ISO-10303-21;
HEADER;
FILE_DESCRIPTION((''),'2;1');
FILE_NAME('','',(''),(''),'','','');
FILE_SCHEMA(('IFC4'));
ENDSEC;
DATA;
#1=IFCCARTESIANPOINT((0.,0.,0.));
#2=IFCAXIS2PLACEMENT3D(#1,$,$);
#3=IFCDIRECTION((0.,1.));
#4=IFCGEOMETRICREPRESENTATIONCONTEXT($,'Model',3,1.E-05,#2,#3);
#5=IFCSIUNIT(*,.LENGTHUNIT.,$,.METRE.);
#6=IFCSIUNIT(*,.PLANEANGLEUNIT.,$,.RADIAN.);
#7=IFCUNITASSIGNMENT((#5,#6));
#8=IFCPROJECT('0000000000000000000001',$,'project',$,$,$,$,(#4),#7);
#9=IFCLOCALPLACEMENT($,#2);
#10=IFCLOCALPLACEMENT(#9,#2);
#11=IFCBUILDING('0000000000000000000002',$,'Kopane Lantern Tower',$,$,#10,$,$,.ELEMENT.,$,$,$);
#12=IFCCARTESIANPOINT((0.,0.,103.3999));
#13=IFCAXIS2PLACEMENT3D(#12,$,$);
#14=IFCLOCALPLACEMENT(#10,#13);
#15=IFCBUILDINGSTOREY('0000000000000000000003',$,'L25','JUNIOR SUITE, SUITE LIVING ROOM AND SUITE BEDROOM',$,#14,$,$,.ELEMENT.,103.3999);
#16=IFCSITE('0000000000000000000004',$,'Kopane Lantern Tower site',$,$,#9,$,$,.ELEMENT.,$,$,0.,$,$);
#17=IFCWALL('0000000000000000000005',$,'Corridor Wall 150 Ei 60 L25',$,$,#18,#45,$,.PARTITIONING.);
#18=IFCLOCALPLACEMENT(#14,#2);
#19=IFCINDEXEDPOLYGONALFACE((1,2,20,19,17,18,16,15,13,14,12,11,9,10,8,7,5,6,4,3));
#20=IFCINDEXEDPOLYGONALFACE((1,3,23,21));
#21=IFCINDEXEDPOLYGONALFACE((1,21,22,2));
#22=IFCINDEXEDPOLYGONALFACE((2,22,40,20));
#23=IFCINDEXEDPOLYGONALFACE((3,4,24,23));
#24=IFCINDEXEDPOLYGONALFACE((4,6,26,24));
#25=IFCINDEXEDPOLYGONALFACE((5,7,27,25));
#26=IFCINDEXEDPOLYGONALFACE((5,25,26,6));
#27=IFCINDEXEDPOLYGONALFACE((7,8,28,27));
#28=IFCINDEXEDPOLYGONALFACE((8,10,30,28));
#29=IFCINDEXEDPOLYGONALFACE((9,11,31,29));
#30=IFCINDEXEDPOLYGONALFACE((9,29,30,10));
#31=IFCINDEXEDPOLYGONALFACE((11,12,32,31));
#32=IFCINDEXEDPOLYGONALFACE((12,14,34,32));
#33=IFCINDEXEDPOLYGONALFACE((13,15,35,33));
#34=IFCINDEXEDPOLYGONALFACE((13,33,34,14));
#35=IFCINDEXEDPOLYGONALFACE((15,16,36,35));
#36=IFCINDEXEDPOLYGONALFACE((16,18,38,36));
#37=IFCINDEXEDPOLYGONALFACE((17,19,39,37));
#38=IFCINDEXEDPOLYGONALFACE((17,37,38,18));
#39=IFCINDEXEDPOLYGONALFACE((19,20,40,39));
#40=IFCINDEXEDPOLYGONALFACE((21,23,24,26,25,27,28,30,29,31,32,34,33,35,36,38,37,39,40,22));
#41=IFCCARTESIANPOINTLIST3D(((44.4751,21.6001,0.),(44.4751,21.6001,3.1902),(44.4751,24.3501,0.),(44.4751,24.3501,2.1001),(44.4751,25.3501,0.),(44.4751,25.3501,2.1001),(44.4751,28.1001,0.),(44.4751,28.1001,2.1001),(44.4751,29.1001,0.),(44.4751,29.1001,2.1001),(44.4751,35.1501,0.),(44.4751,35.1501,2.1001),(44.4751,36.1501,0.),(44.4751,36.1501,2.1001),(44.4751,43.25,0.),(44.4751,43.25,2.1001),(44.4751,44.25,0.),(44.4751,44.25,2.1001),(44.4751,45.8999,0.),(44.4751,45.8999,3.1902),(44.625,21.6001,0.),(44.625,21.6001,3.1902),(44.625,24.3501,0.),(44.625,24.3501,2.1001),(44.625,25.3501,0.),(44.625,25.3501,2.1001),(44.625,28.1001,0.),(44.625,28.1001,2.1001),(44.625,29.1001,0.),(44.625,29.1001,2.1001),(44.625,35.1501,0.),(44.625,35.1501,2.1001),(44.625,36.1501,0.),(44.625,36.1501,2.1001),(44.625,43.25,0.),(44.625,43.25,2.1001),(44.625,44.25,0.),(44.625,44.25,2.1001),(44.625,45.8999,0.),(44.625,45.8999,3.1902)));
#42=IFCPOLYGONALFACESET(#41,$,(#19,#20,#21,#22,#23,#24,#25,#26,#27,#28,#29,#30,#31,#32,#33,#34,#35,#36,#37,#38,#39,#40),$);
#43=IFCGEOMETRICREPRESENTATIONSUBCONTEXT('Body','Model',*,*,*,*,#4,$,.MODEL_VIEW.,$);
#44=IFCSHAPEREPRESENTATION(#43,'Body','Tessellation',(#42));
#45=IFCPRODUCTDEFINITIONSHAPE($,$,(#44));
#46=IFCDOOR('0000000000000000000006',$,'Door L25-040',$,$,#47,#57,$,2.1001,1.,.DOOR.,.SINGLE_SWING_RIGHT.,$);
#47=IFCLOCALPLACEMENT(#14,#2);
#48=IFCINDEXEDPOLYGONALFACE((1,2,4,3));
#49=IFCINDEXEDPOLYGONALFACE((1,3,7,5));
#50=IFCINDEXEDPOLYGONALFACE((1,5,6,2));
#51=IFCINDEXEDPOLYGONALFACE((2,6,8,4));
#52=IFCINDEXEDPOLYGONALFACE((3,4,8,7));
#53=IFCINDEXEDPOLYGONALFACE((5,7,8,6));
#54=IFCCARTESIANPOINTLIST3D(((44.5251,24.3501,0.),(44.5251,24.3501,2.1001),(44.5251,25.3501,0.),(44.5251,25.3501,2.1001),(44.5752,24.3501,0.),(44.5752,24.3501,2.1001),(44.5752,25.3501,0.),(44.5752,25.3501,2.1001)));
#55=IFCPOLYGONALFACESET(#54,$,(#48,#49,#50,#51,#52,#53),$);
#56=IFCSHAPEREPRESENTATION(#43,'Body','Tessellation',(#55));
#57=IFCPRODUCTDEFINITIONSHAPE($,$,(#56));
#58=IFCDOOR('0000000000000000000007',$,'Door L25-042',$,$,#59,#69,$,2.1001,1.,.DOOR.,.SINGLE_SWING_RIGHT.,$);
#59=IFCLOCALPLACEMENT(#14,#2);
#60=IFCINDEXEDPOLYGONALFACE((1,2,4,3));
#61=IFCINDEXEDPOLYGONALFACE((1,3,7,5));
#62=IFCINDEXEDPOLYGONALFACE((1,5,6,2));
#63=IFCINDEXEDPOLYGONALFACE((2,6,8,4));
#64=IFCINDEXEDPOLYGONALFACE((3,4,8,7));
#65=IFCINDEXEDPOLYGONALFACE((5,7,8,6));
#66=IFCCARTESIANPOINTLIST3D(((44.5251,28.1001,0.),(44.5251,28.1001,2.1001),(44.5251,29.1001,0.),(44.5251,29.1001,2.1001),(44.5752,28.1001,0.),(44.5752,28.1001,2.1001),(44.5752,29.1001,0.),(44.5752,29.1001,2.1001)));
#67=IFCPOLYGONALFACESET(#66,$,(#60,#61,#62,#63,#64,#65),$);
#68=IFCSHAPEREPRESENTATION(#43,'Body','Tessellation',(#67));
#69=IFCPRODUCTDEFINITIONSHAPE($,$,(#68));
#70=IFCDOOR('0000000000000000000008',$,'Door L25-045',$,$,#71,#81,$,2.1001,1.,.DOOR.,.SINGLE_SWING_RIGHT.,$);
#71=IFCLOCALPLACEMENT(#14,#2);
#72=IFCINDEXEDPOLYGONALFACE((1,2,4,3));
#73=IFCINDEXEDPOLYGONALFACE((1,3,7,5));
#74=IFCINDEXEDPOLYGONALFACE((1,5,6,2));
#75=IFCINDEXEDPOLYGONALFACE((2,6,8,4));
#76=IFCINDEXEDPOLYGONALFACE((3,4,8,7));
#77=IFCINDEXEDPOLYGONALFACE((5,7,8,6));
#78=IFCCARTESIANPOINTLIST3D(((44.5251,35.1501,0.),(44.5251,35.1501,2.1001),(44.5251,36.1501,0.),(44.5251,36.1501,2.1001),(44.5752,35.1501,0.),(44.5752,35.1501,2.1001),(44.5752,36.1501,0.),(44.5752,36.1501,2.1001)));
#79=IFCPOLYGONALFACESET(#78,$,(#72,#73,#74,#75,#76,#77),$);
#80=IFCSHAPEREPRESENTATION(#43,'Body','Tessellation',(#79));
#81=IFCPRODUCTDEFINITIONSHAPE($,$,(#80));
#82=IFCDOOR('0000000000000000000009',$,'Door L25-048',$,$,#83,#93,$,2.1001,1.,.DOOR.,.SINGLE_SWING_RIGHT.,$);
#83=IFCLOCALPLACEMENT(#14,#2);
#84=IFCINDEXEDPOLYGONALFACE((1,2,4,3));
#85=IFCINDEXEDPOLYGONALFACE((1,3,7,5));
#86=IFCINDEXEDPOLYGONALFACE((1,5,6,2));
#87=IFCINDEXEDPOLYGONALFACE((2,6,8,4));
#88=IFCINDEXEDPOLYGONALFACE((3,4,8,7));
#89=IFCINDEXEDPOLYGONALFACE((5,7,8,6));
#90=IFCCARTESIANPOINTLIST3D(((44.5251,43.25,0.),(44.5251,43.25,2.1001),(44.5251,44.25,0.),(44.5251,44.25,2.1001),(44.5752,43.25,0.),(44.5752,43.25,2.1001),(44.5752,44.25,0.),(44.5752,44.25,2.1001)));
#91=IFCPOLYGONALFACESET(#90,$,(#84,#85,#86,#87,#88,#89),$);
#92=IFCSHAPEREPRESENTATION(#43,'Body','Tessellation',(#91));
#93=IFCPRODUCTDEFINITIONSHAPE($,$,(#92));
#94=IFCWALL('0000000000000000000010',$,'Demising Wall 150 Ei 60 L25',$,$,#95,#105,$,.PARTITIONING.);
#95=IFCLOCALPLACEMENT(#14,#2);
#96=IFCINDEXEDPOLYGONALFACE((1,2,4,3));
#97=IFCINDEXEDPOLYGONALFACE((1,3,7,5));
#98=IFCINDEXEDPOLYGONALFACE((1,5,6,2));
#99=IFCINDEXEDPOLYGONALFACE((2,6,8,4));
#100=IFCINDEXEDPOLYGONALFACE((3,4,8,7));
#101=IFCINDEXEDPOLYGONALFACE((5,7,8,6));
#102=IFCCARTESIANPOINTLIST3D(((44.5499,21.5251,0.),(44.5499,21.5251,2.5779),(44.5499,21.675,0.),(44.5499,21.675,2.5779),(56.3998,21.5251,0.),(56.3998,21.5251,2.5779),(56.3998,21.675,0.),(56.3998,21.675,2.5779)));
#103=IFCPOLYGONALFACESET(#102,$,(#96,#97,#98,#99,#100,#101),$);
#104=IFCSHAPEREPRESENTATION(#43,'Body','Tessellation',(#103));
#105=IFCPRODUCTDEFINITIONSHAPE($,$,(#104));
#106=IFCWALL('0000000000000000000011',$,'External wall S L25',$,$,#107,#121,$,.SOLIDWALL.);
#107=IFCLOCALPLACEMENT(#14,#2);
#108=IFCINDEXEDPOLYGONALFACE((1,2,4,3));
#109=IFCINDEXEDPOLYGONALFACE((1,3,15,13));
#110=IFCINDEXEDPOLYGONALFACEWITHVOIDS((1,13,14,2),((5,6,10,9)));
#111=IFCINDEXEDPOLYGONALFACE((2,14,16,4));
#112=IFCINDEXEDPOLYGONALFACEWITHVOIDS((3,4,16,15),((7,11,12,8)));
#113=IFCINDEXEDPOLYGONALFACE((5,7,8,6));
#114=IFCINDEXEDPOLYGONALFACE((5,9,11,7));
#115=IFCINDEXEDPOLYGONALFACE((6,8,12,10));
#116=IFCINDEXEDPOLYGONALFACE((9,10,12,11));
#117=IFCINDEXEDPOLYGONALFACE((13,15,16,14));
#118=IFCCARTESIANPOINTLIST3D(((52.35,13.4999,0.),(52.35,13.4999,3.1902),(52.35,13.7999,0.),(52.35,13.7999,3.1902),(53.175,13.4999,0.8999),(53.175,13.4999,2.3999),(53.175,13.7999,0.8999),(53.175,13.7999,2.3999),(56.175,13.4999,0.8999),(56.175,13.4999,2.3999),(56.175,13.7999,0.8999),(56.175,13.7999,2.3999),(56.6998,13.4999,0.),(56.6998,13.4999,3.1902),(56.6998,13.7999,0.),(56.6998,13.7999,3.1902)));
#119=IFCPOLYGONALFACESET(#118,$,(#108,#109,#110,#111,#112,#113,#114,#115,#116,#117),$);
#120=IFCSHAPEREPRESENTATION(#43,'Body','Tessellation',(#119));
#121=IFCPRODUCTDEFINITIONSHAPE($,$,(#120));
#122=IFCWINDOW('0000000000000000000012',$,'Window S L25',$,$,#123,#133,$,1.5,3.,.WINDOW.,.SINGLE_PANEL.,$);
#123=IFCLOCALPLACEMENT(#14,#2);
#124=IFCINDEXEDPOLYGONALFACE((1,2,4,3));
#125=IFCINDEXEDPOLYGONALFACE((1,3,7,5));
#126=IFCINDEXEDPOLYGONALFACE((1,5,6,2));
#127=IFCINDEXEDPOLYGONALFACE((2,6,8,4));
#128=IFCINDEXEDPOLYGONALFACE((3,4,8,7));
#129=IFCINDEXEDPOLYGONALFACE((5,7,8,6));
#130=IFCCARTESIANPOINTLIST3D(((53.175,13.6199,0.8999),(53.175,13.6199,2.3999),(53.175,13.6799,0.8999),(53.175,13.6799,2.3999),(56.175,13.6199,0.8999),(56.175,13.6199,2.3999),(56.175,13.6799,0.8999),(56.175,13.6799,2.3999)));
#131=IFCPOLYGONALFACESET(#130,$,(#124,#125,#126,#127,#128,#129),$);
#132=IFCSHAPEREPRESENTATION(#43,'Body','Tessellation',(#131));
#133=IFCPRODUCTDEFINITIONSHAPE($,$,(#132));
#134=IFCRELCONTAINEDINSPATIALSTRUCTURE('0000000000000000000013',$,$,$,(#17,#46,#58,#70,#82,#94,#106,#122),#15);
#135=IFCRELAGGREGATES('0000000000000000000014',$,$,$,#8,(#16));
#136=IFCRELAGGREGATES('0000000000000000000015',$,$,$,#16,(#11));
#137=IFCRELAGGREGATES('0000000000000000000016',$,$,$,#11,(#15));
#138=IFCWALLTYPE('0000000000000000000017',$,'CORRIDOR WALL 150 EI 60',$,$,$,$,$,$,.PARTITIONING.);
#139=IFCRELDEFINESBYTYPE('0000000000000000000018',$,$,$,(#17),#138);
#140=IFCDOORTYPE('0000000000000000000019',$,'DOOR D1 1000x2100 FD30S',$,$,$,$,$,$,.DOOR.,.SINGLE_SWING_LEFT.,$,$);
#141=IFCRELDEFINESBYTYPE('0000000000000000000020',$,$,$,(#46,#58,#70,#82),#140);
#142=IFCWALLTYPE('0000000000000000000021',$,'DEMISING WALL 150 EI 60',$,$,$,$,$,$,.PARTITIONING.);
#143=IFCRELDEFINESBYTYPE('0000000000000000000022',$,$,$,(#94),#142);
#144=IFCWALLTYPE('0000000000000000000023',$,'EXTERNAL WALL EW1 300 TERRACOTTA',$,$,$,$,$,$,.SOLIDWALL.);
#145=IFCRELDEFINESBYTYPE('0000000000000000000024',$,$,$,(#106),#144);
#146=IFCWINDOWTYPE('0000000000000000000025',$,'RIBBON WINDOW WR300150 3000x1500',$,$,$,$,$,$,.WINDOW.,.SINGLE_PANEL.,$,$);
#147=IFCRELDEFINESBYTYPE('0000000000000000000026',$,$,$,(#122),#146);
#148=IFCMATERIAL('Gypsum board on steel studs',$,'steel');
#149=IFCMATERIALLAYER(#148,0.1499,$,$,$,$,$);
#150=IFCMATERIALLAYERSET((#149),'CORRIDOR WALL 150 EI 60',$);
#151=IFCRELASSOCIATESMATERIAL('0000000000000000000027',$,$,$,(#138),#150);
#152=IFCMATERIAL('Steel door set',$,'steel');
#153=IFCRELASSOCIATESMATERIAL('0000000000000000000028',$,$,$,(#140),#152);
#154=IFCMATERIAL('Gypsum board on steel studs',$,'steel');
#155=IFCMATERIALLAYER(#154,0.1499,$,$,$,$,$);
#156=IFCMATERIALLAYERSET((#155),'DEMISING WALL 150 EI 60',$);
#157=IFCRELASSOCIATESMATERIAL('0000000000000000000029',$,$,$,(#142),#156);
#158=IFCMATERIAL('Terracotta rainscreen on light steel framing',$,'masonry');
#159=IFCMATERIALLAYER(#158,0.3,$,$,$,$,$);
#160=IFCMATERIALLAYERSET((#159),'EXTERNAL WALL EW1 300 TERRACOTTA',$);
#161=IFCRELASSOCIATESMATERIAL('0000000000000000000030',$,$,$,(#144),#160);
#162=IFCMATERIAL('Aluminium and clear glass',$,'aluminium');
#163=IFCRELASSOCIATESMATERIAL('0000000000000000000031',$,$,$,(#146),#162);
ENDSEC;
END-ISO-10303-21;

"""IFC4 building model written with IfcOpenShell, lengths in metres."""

from ifc_helpers import new_model, si_unit, direction, frame, frame_2d, origin, place, context, subcontext, project, spatial, rectangle, extrude, material, layer, layer_set, type_object, element, fill, save


model = new_model("IFC4")

# Units and contexts
model_context = context("Model", 3, precision=1e-05, world=origin(), true_north=direction((0.0, 1.0)))
body_context = subcontext(model_context, "Body", "Model", "MODEL_VIEW")
ifc_project = project(units=[si_unit("LENGTHUNIT", "METRE"), si_unit("PLANEANGLEUNIT", "RADIAN")], contexts=[model_context])

# Site, building, storey
site_placement = place(None, origin())
site = spatial("IfcSite", under=ifc_project, at=site_placement, Name="Kopane Lantern Tower site", CompositionType="ELEMENT", RefElevation=0.0)
building_placement = place(site_placement, origin())
building = spatial("IfcBuilding", under=site, at=building_placement, Name="Kopane Lantern Tower", CompositionType="ELEMENT")
storey_placement = place(building_placement, frame((0.0, 0.0, 103.3999)))
storey = spatial("IfcBuildingStorey", under=building, at=storey_placement, Name="L25", Description="JUNIOR SUITE, SUITE LIVING ROOM AND SUITE BEDROOM", CompositionType="ELEMENT", Elevation=103.3999)

# Wall, openings, doors
ifc_material_1 = material(Name="Gypsum board on steel studs", Category="steel")
ifc_layer_1 = layer(ifc_material_1, 0.1499)
ifc_layer_set_1 = layer_set([ifc_layer_1], Name="CORRIDOR WALL 150 EI 60")
wall_type_1 = type_object("IfcWallType", Name="CORRIDOR WALL 150 EI 60", PredefinedType="PARTITIONING", material=ifc_layer_set_1)
wall_1_placement = place(storey_placement, frame((44.55, 21.6001, 0.0), z_axis=(0.0, 0.0, 1.0), x_axis=(0.0, 1.0, 0.0)))
wall_1 = element("IfcWall", 1, at=wall_1_placement, inside=storey, type_object=wall_type_1, Name="Corridor Wall 150 Ei 60 L25", PredefinedType="PARTITIONING", context=body_context, shape_type="SweptSolid", body=[
    extrude(rectangle(XDim=24.2998, YDim=0.1499, at=frame_2d((12.1499, 0.0))), origin(), (0.0, 0.0, 1.0), 3.1902),
])
opening_1_placement = place(wall_1_placement, frame((2.75, 0.0, 0.0)))
opening_1 = element("IfcOpeningElement", 2, at=opening_1_placement, cuts=wall_1, PredefinedType="OPENING", context=body_context, shape_type="SweptSolid", body=[
    extrude(rectangle(XDim=1.0, YDim=2.1001, at=frame_2d((0.5, 1.05))), frame((0.0, 0.085, 0.0), z_axis=(0.0, -1.0, 0.0), x_axis=(1.0, 0.0, 0.0)), (0.0, 0.0, 1.0), 0.1699),
])
opening_2_placement = place(wall_1_placement, frame((6.5, 0.0, 0.0)))
opening_2 = element("IfcOpeningElement", 3, at=opening_2_placement, cuts=wall_1, PredefinedType="OPENING", context=body_context, shape_type="SweptSolid", body=[
    extrude(rectangle(XDim=1.0, YDim=2.1001, at=frame_2d((0.5, 1.05))), frame((0.0, 0.085, 0.0), z_axis=(0.0, -1.0, 0.0), x_axis=(1.0, 0.0, 0.0)), (0.0, 0.0, 1.0), 0.1699),
])
opening_3_placement = place(wall_1_placement, frame((13.55, 0.0, 0.0)))
opening_3 = element("IfcOpeningElement", 4, at=opening_3_placement, cuts=wall_1, PredefinedType="OPENING", context=body_context, shape_type="SweptSolid", body=[
    extrude(rectangle(XDim=1.0, YDim=2.1001, at=frame_2d((0.5, 1.05))), frame((0.0, 0.085, 0.0), z_axis=(0.0, -1.0, 0.0), x_axis=(1.0, 0.0, 0.0)), (0.0, 0.0, 1.0), 0.1699),
])
opening_4_placement = place(wall_1_placement, frame((21.6499, 0.0, 0.0)))
opening_4 = element("IfcOpeningElement", 5, at=opening_4_placement, cuts=wall_1, PredefinedType="OPENING", context=body_context, shape_type="SweptSolid", body=[
    extrude(rectangle(XDim=1.0, YDim=2.1001, at=frame_2d((0.5, 1.05))), frame((0.0, 0.085, 0.0), z_axis=(0.0, -1.0, 0.0), x_axis=(1.0, 0.0, 0.0)), (0.0, 0.0, 1.0), 0.1699),
])
ifc_material_2 = material(Name="Steel door set", Category="steel")
door_type_1 = type_object("IfcDoorType", Name="DOOR D1 1000x2100 FD30S", OperationType="SINGLE_SWING_LEFT", PredefinedType="DOOR", material=ifc_material_2)
door_1_placement = place(opening_1_placement, origin())
door_1 = element("IfcDoor", 6, at=door_1_placement, inside=storey, type_object=door_type_1, Name="Door L25-040", OperationType="SINGLE_SWING_RIGHT", OverallHeight=2.1001, OverallWidth=1.0, PredefinedType="DOOR", context=body_context, shape_type="SweptSolid", body=[
    extrude(rectangle(XDim=1.0, YDim=2.1001, at=frame_2d((0.5, 1.05))), frame((0.0, 0.0249, 0.0), z_axis=(0.0, -1.0, 0.0), x_axis=(1.0, 0.0, 0.0)), (0.0, 0.0, 1.0), 0.05),
])
fill(opening_1, door_1)
door_2_placement = place(opening_2_placement, origin())
door_2 = element("IfcDoor", 7, at=door_2_placement, inside=storey, type_object=door_type_1, Name="Door L25-042", OperationType="SINGLE_SWING_RIGHT", OverallHeight=2.1001, OverallWidth=1.0, PredefinedType="DOOR", context=body_context, shape_type="SweptSolid", body=[
    extrude(rectangle(XDim=1.0, YDim=2.1001, at=frame_2d((0.5, 1.05))), frame((0.0, 0.0249, 0.0), z_axis=(0.0, -1.0, 0.0), x_axis=(1.0, 0.0, 0.0)), (0.0, 0.0, 1.0), 0.05),
])
fill(opening_2, door_2)
door_3_placement = place(opening_3_placement, origin())
door_3 = element("IfcDoor", 8, at=door_3_placement, inside=storey, type_object=door_type_1, Name="Door L25-045", OperationType="SINGLE_SWING_RIGHT", OverallHeight=2.1001, OverallWidth=1.0, PredefinedType="DOOR", context=body_context, shape_type="SweptSolid", body=[
    extrude(rectangle(XDim=1.0, YDim=2.1001, at=frame_2d((0.5, 1.05))), frame((0.0, 0.0249, 0.0), z_axis=(0.0, -1.0, 0.0), x_axis=(1.0, 0.0, 0.0)), (0.0, 0.0, 1.0), 0.05),
])
fill(opening_3, door_3)
door_4_placement = place(opening_4_placement, origin())
door_4 = element("IfcDoor", 9, at=door_4_placement, inside=storey, type_object=door_type_1, Name="Door L25-048", OperationType="SINGLE_SWING_RIGHT", OverallHeight=2.1001, OverallWidth=1.0, PredefinedType="DOOR", context=body_context, shape_type="SweptSolid", body=[
    extrude(rectangle(XDim=1.0, YDim=2.1001, at=frame_2d((0.5, 1.05))), frame((0.0, 0.0249, 0.0), z_axis=(0.0, -1.0, 0.0), x_axis=(1.0, 0.0, 0.0)), (0.0, 0.0, 1.0), 0.05),
])
fill(opening_4, door_4)

# Wall
ifc_material_3 = material(Name="Gypsum board on steel studs", Category="steel")
ifc_layer_2 = layer(ifc_material_3, 0.1499)
ifc_layer_set_2 = layer_set([ifc_layer_2], Name="DEMISING WALL 150 EI 60")
wall_type_2 = type_object("IfcWallType", Name="DEMISING WALL 150 EI 60", PredefinedType="PARTITIONING", material=ifc_layer_set_2)
wall_2_placement = place(storey_placement, frame((44.55, 21.6001, 0.0), z_axis=(0.0, 0.0, 1.0), x_axis=(1.0, 0.0, 0.0)))
element("IfcWall", 10, at=wall_2_placement, inside=storey, type_object=wall_type_2, Name="Demising Wall 150 Ei 60 L25", PredefinedType="PARTITIONING", context=body_context, shape_type="SweptSolid", body=[
    extrude(rectangle(XDim=11.8499, YDim=0.1499, at=frame_2d((5.9248, 0.0))), origin(), (0.0, 0.0, 1.0), 2.5779),
])

# Wall, opening, window
ifc_material_4 = material(Name="Terracotta rainscreen on light steel framing", Category="masonry")
ifc_layer_3 = layer(ifc_material_4, 0.3)
ifc_layer_set_3 = layer_set([ifc_layer_3], Name="EXTERNAL WALL EW1 300 TERRACOTTA")
wall_type_3 = type_object("IfcWallType", Name="EXTERNAL WALL EW1 300 TERRACOTTA", PredefinedType="SOLIDWALL", material=ifc_layer_set_3)
wall_3_placement = place(storey_placement, frame((52.3501, 13.6499, 0.0), z_axis=(0.0, 0.0, 1.0), x_axis=(1.0, 0.0, 0.0)))
wall_3 = element("IfcWall", 11, at=wall_3_placement, inside=storey, type_object=wall_type_3, Name="External wall S L25", PredefinedType="SOLIDWALL", context=body_context, shape_type="SweptSolid", body=[
    extrude(rectangle(XDim=4.3499, YDim=0.3, at=frame_2d((2.1748, 0.0))), origin(), (0.0, 0.0, 1.0), 3.1902),
])
opening_5_placement = place(wall_3_placement, frame((0.825, 0.0, 0.8999)))
opening_5 = element("IfcOpeningElement", 12, at=opening_5_placement, cuts=wall_3, PredefinedType="OPENING", context=body_context, shape_type="SweptSolid", body=[
    extrude(rectangle(XDim=3.0, YDim=1.5, at=frame_2d((1.5, 0.75))), frame((0.0, 0.1599, 0.0), z_axis=(0.0, -1.0, 0.0), x_axis=(1.0, 0.0, 0.0)), (0.0, 0.0, 1.0), 0.3201),
])
ifc_material_5 = material(Name="Aluminium and clear glass", Category="aluminium")
window_type_1 = type_object("IfcWindowType", Name="RIBBON WINDOW WR300150 3000x1500", PartitioningType="SINGLE_PANEL", PredefinedType="WINDOW", material=ifc_material_5)
window_1_placement = place(opening_5_placement, origin())
window_1 = element("IfcWindow", 13, at=window_1_placement, inside=storey, type_object=window_type_1, Name="Window S L25", OverallHeight=1.5, OverallWidth=3.0, PartitioningType="SINGLE_PANEL", PredefinedType="WINDOW", context=body_context, shape_type="SweptSolid", body=[
    extrude(rectangle(XDim=3.0, YDim=1.5, at=frame_2d((1.5, 0.75))), frame((0.0, 0.03, 0.0), z_axis=(0.0, -1.0, 0.0), x_axis=(1.0, 0.0, 0.0)), (0.0, 0.0, 1.0), 0.0601),
])
fill(opening_5, window_1)

save(model, "model.ifc")
